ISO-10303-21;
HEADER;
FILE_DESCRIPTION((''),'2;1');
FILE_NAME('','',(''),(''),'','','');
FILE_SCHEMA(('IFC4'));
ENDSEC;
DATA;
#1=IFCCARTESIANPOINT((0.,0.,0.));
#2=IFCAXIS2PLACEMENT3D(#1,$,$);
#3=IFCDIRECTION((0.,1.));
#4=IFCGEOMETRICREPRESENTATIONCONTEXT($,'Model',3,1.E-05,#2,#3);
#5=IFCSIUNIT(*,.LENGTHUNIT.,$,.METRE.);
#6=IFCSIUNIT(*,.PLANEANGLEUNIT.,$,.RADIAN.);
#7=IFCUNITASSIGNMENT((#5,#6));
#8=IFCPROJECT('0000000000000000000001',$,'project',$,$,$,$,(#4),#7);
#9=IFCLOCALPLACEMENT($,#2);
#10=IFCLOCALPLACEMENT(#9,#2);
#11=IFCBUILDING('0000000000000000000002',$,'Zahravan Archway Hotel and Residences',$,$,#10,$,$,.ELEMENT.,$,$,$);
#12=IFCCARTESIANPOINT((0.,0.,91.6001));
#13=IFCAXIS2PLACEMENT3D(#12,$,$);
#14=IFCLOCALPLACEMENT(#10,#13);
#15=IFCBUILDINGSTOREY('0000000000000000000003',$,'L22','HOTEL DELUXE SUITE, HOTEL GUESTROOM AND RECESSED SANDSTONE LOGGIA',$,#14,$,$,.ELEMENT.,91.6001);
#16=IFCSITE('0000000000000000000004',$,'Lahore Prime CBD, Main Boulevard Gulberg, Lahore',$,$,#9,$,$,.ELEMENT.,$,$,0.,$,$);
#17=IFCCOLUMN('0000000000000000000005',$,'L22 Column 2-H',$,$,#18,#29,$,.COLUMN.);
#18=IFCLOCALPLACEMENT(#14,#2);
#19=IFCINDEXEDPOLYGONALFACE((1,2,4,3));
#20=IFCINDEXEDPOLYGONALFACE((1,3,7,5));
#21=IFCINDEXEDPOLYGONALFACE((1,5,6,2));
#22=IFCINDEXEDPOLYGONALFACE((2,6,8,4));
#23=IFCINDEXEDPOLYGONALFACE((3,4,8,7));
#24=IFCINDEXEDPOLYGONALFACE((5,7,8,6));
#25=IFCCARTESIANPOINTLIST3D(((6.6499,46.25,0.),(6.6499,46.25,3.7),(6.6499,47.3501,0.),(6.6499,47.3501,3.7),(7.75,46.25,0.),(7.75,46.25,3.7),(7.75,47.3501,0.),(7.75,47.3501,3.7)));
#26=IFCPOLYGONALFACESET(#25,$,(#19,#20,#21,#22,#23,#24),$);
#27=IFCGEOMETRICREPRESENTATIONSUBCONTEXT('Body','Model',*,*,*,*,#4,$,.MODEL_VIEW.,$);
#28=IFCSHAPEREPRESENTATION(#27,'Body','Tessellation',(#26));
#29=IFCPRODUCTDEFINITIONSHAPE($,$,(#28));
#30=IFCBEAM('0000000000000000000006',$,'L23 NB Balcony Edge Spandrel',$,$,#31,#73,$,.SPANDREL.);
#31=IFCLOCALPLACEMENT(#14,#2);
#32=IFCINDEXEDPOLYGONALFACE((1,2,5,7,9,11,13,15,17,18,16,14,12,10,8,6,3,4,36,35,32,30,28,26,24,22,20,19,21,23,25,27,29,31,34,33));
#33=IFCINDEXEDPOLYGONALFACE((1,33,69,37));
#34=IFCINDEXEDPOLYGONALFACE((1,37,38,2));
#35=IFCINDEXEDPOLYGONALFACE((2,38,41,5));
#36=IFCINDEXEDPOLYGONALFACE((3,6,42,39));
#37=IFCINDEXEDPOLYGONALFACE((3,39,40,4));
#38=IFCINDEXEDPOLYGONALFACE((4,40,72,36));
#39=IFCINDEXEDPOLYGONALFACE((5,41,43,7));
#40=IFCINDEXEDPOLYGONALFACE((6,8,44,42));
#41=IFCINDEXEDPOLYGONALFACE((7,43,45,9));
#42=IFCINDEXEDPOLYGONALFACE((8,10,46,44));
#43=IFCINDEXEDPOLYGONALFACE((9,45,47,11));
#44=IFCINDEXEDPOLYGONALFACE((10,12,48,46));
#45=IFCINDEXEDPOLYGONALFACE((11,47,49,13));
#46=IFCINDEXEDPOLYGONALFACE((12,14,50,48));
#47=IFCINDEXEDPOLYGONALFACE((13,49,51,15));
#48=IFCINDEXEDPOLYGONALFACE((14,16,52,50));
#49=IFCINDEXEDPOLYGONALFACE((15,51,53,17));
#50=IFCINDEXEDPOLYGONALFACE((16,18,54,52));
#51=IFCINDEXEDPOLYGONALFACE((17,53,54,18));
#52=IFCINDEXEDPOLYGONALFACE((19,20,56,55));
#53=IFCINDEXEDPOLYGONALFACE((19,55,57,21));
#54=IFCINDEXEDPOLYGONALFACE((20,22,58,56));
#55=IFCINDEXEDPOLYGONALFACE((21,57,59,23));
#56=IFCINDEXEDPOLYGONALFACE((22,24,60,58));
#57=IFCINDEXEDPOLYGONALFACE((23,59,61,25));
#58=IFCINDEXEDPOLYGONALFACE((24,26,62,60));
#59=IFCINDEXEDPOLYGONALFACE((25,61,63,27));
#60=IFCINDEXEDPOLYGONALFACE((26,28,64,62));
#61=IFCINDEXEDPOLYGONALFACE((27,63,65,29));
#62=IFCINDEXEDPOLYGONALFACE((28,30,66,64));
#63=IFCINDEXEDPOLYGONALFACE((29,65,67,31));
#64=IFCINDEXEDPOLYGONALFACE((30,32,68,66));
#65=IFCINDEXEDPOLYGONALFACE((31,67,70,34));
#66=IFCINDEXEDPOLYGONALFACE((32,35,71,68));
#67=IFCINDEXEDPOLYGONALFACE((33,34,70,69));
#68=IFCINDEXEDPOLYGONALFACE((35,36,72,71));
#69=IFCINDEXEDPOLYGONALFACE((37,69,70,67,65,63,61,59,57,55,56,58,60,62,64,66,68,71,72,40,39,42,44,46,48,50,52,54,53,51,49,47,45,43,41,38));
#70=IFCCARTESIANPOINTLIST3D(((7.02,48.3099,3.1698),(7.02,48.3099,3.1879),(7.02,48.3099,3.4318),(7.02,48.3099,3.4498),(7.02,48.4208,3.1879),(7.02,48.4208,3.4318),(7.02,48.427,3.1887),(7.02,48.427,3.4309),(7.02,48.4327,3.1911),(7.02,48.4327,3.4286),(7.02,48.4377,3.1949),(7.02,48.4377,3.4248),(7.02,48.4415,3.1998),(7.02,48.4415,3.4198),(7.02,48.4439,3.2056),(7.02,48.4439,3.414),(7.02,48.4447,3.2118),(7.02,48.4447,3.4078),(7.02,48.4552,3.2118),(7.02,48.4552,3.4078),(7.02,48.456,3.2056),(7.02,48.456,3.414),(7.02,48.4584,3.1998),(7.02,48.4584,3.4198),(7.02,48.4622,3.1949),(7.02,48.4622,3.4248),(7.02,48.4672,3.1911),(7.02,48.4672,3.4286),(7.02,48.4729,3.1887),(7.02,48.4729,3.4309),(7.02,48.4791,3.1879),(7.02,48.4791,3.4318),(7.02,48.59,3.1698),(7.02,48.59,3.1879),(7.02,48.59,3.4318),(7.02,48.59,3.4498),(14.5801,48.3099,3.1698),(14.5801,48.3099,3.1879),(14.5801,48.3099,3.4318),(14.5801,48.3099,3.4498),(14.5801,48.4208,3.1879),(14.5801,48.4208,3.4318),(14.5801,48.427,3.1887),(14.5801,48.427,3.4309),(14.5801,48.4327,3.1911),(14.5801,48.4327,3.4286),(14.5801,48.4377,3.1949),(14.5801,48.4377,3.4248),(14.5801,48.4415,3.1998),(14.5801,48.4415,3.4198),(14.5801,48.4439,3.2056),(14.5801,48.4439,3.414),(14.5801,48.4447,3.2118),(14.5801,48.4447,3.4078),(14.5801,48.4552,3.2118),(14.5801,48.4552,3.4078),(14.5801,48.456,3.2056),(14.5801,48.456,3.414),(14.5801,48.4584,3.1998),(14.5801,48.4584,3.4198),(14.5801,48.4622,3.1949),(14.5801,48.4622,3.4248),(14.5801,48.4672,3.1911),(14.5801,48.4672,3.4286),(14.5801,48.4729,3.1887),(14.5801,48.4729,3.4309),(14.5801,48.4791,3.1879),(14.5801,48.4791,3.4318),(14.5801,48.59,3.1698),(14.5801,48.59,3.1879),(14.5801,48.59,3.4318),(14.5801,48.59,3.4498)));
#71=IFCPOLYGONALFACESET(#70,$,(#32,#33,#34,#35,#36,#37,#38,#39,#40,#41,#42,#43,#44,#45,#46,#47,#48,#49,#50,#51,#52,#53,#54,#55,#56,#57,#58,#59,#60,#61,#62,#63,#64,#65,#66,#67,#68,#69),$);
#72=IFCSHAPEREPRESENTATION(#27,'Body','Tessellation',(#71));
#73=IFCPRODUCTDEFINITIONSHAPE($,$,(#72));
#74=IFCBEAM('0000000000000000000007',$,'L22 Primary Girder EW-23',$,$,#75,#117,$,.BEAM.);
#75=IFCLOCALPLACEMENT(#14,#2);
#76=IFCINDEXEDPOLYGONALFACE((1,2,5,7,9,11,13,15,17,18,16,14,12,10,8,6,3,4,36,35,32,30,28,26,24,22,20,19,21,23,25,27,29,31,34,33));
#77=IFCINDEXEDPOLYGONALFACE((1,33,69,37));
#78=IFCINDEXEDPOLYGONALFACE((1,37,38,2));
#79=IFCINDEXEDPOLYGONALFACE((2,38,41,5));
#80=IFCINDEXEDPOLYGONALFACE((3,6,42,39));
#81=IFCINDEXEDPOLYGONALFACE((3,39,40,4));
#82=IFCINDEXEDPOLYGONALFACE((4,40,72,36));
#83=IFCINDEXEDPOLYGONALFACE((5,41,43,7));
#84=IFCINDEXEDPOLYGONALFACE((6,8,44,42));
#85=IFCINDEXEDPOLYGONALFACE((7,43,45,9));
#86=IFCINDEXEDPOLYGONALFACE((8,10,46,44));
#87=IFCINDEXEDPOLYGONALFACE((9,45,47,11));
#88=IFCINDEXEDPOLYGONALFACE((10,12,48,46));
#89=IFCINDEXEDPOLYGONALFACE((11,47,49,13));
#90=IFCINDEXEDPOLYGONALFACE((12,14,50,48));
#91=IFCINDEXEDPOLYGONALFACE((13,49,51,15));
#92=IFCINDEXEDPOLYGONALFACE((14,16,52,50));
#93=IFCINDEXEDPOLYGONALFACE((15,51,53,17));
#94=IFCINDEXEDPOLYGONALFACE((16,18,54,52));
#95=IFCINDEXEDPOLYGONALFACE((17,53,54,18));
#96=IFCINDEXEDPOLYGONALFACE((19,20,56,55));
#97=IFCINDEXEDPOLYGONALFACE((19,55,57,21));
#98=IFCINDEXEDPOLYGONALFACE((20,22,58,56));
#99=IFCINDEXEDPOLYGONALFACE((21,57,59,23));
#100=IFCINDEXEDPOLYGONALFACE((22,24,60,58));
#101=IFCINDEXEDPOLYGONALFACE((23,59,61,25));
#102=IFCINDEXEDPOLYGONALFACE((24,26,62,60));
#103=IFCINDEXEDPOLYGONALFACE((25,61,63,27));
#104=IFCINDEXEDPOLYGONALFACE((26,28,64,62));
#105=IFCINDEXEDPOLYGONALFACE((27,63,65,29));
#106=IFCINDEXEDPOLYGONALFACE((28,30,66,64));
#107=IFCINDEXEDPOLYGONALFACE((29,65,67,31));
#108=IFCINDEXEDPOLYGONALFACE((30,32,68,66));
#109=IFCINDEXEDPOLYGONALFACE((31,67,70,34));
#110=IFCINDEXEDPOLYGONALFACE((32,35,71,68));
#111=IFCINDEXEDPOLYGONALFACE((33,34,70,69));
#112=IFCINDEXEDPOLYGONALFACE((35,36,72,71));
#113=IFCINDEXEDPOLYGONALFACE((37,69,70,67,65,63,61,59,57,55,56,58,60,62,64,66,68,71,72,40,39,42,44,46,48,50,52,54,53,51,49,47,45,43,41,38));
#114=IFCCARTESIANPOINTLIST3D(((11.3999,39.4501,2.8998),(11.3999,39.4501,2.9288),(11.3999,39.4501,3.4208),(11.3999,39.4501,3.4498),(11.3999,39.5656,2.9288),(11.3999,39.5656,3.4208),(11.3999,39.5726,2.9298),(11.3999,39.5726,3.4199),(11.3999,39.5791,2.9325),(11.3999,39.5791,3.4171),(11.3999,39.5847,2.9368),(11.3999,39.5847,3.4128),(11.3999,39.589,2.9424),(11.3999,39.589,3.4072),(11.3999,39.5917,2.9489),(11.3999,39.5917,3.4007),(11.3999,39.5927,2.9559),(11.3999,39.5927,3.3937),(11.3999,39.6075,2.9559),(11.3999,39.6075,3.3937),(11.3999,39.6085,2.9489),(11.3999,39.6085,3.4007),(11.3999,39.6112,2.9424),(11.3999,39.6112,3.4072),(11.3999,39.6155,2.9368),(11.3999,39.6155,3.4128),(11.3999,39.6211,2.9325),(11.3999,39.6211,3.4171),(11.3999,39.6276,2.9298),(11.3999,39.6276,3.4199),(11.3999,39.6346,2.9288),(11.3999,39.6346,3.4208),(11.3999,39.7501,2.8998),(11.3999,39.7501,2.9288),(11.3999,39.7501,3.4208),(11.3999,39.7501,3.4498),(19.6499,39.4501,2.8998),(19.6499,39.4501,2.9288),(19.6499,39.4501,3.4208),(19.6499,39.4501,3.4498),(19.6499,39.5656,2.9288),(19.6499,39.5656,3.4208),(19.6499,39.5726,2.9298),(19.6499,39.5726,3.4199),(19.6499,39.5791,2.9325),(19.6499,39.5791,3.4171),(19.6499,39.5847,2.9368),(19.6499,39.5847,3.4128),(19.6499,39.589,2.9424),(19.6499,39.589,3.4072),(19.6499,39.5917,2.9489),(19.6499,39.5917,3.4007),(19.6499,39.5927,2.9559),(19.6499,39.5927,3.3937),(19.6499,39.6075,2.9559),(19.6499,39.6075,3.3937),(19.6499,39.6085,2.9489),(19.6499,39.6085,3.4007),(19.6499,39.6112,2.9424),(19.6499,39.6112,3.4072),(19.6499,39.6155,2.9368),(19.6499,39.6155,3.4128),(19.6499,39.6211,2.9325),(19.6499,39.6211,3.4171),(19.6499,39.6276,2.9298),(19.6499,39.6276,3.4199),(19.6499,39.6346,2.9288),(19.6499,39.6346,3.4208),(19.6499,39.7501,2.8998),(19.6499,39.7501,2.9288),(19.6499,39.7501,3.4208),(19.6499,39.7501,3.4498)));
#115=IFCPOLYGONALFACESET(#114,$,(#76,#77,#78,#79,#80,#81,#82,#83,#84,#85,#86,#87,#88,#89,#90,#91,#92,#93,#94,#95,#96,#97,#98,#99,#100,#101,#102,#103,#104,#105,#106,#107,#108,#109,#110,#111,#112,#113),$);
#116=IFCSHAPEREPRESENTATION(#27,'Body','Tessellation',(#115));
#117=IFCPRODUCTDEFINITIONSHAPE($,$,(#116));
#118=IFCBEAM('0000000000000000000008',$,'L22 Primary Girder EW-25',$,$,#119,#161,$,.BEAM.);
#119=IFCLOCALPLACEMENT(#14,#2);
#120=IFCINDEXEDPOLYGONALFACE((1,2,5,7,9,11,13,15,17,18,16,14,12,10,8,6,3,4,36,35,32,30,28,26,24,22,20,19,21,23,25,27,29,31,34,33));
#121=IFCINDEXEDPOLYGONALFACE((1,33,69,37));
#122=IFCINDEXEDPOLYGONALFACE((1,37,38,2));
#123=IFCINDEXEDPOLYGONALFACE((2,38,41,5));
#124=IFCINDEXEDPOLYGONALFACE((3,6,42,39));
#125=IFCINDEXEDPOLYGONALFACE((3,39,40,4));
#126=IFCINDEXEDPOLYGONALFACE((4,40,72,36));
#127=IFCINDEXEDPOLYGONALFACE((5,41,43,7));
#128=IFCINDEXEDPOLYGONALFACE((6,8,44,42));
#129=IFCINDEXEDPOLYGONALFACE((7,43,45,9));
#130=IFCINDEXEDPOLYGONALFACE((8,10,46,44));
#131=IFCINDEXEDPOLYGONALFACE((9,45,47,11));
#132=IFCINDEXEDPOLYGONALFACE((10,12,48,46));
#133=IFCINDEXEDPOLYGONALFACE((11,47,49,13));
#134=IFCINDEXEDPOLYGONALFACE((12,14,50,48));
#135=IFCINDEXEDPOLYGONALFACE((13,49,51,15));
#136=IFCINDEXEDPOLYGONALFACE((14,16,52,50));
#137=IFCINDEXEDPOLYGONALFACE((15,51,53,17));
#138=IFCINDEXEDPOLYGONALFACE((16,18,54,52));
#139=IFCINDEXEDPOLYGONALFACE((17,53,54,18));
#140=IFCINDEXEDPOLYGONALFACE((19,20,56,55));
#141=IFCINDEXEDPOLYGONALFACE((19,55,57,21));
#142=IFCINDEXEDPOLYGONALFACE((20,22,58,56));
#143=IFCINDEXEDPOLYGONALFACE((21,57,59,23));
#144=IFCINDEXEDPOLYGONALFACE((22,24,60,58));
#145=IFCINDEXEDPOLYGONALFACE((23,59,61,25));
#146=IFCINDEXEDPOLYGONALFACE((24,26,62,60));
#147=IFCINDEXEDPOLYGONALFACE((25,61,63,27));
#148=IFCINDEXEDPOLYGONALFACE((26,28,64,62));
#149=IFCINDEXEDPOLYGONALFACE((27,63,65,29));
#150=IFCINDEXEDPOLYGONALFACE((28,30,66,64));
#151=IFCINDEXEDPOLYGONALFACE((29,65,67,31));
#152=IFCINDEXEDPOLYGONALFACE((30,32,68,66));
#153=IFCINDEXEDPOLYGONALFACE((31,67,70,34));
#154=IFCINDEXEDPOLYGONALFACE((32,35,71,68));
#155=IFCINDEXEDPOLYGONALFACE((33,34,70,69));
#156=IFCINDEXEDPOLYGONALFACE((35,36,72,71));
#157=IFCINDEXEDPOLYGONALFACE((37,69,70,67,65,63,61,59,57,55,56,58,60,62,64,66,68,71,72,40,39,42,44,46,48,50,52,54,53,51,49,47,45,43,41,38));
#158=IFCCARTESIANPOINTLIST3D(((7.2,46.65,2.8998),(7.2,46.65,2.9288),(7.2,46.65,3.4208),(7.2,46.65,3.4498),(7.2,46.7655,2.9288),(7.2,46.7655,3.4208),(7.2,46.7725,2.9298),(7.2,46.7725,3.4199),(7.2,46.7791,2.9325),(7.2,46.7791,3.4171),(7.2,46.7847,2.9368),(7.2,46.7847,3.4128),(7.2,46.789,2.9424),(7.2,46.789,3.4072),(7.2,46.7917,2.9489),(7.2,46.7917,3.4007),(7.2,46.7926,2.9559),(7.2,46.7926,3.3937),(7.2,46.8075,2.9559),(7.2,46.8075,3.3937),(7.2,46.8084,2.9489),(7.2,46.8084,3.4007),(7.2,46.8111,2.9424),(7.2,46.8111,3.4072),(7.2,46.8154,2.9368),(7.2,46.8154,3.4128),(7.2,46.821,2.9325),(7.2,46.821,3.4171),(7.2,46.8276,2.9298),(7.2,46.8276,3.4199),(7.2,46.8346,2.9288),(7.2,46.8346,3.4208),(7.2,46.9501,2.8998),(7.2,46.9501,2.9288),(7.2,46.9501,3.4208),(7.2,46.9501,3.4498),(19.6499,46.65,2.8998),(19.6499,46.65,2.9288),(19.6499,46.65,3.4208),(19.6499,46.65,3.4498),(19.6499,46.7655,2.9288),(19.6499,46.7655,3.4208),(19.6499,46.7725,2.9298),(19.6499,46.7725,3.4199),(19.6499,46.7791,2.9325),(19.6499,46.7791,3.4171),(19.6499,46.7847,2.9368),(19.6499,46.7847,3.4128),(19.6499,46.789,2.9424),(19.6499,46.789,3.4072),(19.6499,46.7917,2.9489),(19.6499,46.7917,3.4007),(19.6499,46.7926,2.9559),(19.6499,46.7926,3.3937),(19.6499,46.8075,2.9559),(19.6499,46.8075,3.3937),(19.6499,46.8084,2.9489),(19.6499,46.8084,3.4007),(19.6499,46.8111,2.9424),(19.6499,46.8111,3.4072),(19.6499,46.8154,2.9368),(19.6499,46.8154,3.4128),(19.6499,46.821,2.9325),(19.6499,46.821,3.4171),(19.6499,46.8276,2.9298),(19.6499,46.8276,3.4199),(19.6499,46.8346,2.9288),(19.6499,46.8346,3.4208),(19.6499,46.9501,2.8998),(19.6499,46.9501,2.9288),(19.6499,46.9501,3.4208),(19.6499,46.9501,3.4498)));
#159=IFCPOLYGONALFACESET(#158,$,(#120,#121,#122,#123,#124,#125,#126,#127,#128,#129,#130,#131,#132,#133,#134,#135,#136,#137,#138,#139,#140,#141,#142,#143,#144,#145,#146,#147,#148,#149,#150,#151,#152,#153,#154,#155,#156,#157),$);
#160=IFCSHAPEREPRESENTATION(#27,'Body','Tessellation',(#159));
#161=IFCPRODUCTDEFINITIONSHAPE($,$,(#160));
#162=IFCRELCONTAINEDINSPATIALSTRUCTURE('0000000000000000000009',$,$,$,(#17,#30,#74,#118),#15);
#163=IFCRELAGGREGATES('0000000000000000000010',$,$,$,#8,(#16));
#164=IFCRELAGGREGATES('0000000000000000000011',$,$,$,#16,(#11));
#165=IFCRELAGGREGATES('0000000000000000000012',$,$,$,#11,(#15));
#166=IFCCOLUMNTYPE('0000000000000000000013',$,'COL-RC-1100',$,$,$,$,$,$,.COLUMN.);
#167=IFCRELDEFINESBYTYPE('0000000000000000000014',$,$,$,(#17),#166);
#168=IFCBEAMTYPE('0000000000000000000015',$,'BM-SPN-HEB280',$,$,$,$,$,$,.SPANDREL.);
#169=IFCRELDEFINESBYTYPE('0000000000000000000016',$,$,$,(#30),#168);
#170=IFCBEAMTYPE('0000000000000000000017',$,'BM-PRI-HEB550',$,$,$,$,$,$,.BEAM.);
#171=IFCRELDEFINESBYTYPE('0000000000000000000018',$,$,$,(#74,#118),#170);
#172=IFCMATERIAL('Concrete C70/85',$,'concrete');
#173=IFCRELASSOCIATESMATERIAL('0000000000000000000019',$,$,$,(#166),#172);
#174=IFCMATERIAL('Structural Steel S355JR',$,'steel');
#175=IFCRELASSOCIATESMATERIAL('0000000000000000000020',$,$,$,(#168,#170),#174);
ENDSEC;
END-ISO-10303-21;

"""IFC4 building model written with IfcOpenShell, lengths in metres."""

from ifc_helpers import new_model, si_unit, direction, frame, origin, origin_2d, place, context, subcontext, project, spatial, rectangle, i_section, extrude, source, transform, mapped, material, material_profile, profile_set, type_object, type_shapes, element, save


model = new_model("IFC4")

# Units and contexts
model_context = context("Model", 3, precision=1e-05, world=origin(), true_north=direction((0.0, 1.0)))
body_context = subcontext(model_context, "Body", "Model", "MODEL_VIEW")
ifc_project = project(units=[si_unit("LENGTHUNIT", "METRE"), si_unit("PLANEANGLEUNIT", "RADIAN")], contexts=[model_context])

# Site, building, storey
site_placement = place(None, origin())
site = spatial("IfcSite", under=ifc_project, at=site_placement, Name="Lahore Prime CBD, Main Boulevard Gulberg, Lahore", CompositionType="ELEMENT", RefElevation=0.0)
building_placement = place(site_placement, origin())
building = spatial("IfcBuilding", under=site, at=building_placement, Name="Zahravan Archway Hotel and Residences", CompositionType="ELEMENT")
storey_placement = place(building_placement, frame((0.0, 0.0, 91.6001)))
storey = spatial("IfcBuildingStorey", under=building, at=storey_placement, Name="L22", Description="HOTEL DELUXE SUITE, HOTEL GUESTROOM AND RECESSED SANDSTONE LOGGIA", CompositionType="ELEMENT", Elevation=91.6001)

# Column
ifc_material_1 = material(Name="Concrete C70/85", Category="concrete")
ifc_material_profile_1 = material_profile(ifc_material_1, rectangle(XDim=1.1001, YDim=1.1001, at=origin_2d()), Name="RC 1100x1100", Category="concrete")
ifc_profile_set_1 = profile_set([ifc_material_profile_1], Name="Concrete C70/85")
column_type = type_object("IfcColumnType", Name="COL-RC-1100", PredefinedType="COLUMN", material=ifc_profile_set_1)
shared_shape_1 = source(origin(), body_context, "Body", "SweptSolid", [
    extrude(rectangle(XDim=1.1001, YDim=1.1001, at=origin_2d()), origin(), (0.0, 0.0, 1.0), 3.7),
])
column_placement = place(storey_placement, frame((7.2, 46.8, 0.0), z_axis=(0.0, 0.0, 1.0), x_axis=(1.0, 0.0, 0.0)))
element("IfcColumn", 1, at=column_placement, inside=storey, type_object=column_type, Name="L22 Column 2-H", PredefinedType="COLUMN", context=body_context, shape_type="MappedRepresentation", body=[
    mapped(shared_shape_1, transform((0.0, 0.0, 0.0), scale=1.0)),
])

# Beams
ifc_material_2 = material(Name="Structural Steel S355JR", Category="steel")
ifc_material_profile_2 = material_profile(ifc_material_2, i_section(OverallWidth=0.28, OverallDepth=0.28, WebThickness=0.0105, FlangeThickness=0.0181, FilletRadius=0.0239, at=origin_2d()), Name="HEB 280", Category="steel")
ifc_profile_set_2 = profile_set([ifc_material_profile_2], Name="Structural Steel S355JR")
beam_type_1 = type_object("IfcBeamType", Name="BM-SPN-HEB280", PredefinedType="SPANDREL", material=ifc_profile_set_2)
shared_shape_2 = source(origin(), body_context, "Body", "SweptSolid", [
    extrude(i_section(OverallWidth=0.28, OverallDepth=0.28, WebThickness=0.0105, FlangeThickness=0.0181, FilletRadius=0.0239, at=origin_2d()), origin(), (0.0, 0.0, 1.0), 7.5601),
])
type_shapes(beam_type_1, [shared_shape_2])
beam_1_placement = place(storey_placement, frame((7.02, 48.45, 3.3098), z_axis=(1.0, 0.0, 0.0), x_axis=(0.0, 1.0, 0.0)))
element("IfcBeam", 2, at=beam_1_placement, inside=storey, type_object=beam_type_1, Name="L23 NB Balcony Edge Spandrel", PredefinedType="SPANDREL", context=body_context, shape_type="MappedRepresentation", body=[
    mapped(shared_shape_2, transform((0.0, 0.0, 0.0), scale=1.0)),
])
ifc_material_profile_3 = material_profile(ifc_material_2, i_section(OverallWidth=0.3, OverallDepth=0.55, WebThickness=0.0149, FlangeThickness=0.0291, FilletRadius=0.0271, at=origin_2d()), Name="HEB 550", Category="steel")
ifc_profile_set_3 = profile_set([ifc_material_profile_3], Name="Structural Steel S355JR")
beam_type_2 = type_object("IfcBeamType", Name="BM-PRI-HEB550", PredefinedType="BEAM", material=ifc_profile_set_3)
shared_shape_3 = source(origin(), body_context, "Body", "SweptSolid", [
    extrude(i_section(OverallWidth=0.3, OverallDepth=0.55, WebThickness=0.0149, FlangeThickness=0.0291, FilletRadius=0.0271, at=origin_2d()), origin(), (0.0, 0.0, 1.0), 8.25),
])
beam_2_placement = place(storey_placement, frame((11.3999, 39.6001, 3.1748), z_axis=(1.0, 0.0, 0.0), x_axis=(0.0, 1.0, 0.0)))
element("IfcBeam", 3, at=beam_2_placement, inside=storey, type_object=beam_type_2, Name="L22 Primary Girder EW-23", PredefinedType="BEAM", context=body_context, shape_type="MappedRepresentation", body=[
    mapped(shared_shape_3, transform((0.0, 0.0, 0.0), scale=1.0)),
])
shared_shape_4 = source(origin(), body_context, "Body", "SweptSolid", [
    extrude(i_section(OverallWidth=0.3, OverallDepth=0.55, WebThickness=0.0149, FlangeThickness=0.0291, FilletRadius=0.0271, at=origin_2d()), origin(), (0.0, 0.0, 1.0), 12.45),
])
beam_3_placement = place(storey_placement, frame((7.2, 46.8, 3.1748), z_axis=(1.0, 0.0, 0.0), x_axis=(0.0, 1.0, 0.0)))
element("IfcBeam", 4, at=beam_3_placement, inside=storey, type_object=beam_type_2, Name="L22 Primary Girder EW-25", PredefinedType="BEAM", context=body_context, shape_type="MappedRepresentation", body=[
    mapped(shared_shape_4, transform((0.0, 0.0, 0.0), scale=1.0)),
])

save(model, "model.ifc")
